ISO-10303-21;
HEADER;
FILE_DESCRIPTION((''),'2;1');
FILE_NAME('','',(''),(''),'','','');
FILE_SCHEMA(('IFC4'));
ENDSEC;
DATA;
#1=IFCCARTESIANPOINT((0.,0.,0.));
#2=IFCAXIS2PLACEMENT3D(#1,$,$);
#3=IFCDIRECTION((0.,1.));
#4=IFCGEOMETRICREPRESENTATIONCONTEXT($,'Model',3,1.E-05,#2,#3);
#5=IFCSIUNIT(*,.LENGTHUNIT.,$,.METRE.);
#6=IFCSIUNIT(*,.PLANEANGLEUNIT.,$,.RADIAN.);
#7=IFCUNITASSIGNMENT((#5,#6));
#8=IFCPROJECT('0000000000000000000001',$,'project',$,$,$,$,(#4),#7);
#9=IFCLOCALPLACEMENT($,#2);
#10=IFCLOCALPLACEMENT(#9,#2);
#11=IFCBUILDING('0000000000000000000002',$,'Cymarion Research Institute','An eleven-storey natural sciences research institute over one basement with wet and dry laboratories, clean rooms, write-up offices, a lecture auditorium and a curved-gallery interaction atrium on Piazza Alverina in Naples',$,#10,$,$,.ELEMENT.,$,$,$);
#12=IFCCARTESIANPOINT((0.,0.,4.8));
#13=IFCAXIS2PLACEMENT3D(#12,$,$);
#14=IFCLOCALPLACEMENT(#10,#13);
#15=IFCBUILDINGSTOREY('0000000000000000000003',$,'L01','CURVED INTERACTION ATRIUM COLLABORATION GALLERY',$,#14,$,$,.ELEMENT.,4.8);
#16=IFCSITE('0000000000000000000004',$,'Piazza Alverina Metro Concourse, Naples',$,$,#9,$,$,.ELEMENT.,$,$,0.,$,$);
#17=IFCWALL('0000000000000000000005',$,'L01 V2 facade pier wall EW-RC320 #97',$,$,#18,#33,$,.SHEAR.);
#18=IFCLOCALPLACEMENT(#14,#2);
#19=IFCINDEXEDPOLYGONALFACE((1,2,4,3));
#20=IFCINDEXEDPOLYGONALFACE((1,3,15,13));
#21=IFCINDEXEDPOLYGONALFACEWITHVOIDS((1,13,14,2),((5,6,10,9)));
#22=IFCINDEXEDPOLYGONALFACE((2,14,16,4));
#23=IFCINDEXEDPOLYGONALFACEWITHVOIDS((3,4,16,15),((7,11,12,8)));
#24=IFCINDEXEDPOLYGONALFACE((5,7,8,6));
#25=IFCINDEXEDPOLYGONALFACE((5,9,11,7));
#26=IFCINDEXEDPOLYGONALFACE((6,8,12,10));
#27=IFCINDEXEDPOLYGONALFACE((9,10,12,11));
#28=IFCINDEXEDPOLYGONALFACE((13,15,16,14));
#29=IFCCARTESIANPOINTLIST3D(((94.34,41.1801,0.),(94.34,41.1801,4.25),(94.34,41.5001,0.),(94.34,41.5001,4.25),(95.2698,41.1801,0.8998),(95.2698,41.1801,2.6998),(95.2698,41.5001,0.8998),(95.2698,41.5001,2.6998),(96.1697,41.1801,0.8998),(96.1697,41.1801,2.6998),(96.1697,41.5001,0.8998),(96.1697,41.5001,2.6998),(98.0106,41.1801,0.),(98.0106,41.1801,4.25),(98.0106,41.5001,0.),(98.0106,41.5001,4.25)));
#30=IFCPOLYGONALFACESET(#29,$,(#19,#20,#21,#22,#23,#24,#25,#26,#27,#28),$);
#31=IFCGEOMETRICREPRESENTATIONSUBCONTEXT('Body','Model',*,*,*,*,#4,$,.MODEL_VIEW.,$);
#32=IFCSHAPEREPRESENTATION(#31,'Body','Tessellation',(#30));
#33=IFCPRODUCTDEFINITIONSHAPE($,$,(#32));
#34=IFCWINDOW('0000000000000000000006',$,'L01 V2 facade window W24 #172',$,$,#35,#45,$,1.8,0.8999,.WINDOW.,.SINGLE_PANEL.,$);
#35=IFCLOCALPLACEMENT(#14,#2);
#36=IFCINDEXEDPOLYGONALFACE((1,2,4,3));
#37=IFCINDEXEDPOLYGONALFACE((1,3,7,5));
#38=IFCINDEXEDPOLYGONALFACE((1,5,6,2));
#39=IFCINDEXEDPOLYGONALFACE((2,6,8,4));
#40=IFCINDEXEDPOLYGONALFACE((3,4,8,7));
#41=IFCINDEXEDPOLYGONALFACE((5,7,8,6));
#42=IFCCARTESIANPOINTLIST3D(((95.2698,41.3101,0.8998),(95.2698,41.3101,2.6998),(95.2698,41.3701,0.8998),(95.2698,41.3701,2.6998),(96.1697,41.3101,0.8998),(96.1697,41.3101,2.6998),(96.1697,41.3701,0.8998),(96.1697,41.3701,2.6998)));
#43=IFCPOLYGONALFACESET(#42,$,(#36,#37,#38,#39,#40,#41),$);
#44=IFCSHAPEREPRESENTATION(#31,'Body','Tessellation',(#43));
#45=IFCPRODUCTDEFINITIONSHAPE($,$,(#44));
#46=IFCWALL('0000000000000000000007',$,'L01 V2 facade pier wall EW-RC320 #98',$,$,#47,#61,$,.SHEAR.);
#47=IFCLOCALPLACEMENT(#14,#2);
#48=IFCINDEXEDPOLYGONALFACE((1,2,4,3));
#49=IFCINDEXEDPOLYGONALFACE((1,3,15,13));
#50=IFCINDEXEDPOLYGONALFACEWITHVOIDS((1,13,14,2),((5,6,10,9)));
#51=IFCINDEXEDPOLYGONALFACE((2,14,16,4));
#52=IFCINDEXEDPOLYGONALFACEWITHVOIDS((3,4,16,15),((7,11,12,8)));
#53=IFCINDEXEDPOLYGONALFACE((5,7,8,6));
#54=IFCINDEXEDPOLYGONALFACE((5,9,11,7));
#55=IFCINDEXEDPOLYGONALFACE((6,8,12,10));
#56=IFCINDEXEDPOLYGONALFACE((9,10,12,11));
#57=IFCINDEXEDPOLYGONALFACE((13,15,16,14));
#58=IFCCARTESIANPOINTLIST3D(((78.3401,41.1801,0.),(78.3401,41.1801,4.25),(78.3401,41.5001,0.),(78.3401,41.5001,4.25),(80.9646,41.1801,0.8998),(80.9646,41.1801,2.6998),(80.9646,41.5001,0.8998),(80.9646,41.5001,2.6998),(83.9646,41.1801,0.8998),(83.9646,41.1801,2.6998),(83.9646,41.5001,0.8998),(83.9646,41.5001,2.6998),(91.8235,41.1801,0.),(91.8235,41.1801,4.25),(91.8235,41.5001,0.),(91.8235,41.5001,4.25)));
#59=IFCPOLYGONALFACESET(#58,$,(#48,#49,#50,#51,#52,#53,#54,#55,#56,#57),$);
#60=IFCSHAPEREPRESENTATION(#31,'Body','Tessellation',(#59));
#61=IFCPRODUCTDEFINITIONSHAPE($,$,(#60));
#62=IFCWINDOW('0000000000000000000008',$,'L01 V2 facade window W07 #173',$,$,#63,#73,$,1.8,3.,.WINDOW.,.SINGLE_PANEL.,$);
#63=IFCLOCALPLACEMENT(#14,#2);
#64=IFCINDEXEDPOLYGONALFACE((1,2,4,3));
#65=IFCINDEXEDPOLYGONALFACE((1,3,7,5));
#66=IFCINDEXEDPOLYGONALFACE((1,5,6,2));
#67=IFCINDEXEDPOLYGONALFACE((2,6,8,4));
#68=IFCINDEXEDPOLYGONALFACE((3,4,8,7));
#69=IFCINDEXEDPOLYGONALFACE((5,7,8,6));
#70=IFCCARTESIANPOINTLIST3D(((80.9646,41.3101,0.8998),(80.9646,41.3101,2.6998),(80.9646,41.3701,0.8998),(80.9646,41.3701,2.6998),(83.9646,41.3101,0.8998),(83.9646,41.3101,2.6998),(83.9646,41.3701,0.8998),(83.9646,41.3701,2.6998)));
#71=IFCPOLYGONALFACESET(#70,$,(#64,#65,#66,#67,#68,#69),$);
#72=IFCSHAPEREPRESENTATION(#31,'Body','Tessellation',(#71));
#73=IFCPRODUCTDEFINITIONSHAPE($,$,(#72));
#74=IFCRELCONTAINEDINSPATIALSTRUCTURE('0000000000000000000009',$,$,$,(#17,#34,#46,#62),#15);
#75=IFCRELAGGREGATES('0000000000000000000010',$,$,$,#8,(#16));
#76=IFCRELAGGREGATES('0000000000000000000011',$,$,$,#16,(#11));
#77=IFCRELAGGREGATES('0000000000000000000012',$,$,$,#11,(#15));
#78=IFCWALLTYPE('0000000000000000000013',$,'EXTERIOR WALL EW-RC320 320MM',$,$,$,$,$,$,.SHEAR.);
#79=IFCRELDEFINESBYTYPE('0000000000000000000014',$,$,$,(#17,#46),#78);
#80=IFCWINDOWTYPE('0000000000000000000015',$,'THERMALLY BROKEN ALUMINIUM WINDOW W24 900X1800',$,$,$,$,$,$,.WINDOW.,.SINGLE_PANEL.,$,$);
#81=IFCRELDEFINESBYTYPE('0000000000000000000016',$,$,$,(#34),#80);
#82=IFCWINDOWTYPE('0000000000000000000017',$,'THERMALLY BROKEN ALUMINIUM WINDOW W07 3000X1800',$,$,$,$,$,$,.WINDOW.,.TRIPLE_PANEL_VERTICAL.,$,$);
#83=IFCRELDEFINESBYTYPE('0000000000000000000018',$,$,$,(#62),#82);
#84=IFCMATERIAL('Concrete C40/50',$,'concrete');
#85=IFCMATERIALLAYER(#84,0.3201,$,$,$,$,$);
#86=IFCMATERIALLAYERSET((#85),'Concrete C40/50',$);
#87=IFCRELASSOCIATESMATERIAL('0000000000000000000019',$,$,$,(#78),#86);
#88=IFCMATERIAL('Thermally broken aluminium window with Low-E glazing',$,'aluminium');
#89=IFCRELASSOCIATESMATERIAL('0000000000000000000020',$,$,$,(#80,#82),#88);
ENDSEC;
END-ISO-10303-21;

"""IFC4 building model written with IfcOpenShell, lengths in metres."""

from ifc_helpers import new_model, si_unit, direction, frame, frame_2d, origin, place, context, subcontext, project, spatial, rectangle, extrude, material, layer, layer_set, type_object, element, fill, save


model = new_model("IFC4")

# Units and contexts
model_context = context("Model", 3, precision=1e-05, world=origin(), true_north=direction((0.0, 1.0)))
body_context = subcontext(model_context, "Body", "Model", "MODEL_VIEW")
ifc_project = project(units=[si_unit("LENGTHUNIT", "METRE"), si_unit("PLANEANGLEUNIT", "RADIAN")], contexts=[model_context])

# Site, building, storey
site_placement = place(None, origin())
site = spatial("IfcSite", under=ifc_project, at=site_placement, Name="Piazza Alverina Metro Concourse, Naples", CompositionType="ELEMENT", RefElevation=0.0)
building_placement = place(site_placement, origin())
building = spatial("IfcBuilding", under=site, at=building_placement, Name="Cymarion Research Institute", Description="An eleven-storey natural sciences research institute over one basement with wet and dry laboratories, clean rooms, write-up offices, a lecture auditorium and a curved-gallery interaction atrium on Piazza Alverina in Naples", CompositionType="ELEMENT")
storey_placement = place(building_placement, frame((0.0, 0.0, 4.8)))
storey = spatial("IfcBuildingStorey", under=building, at=storey_placement, Name="L01", Description="CURVED INTERACTION ATRIUM COLLABORATION GALLERY", CompositionType="ELEMENT", Elevation=4.8)

# Walls, openings, windows
ifc_material_1 = material(Name="Concrete C40/50", Category="concrete")
ifc_layer_1 = layer(ifc_material_1, 0.3201)
ifc_layer_set_1 = layer_set([ifc_layer_1], Name="Concrete C40/50")
wall_type = type_object("IfcWallType", Name="EXTERIOR WALL EW-RC320 320MM", PredefinedType="SHEAR", material=ifc_layer_set_1)
wall_1_placement = place(storey_placement, frame((98.0107, 41.3401, 0.0), z_axis=(0.0, 0.0, 1.0), x_axis=(-1.0, 0.0, 0.0)))
wall_1 = element("IfcWall", 1, at=wall_1_placement, inside=storey, type_object=wall_type, Name="L01 V2 facade pier wall EW-RC320 #97", PredefinedType="SHEAR", context=body_context, shape_type="SweptSolid", body=[
    extrude(rectangle(XDim=3.6707, YDim=0.3201, at=frame_2d((1.8354, 0.0))), origin(), (0.0, 0.0, 1.0), 4.25),
])
opening_1_placement = place(wall_1_placement, frame((1.8411, 0.0, 0.8999)))
opening_1 = element("IfcOpeningElement", 2, at=opening_1_placement, cuts=wall_1, PredefinedType="OPENING", context=body_context, shape_type="SweptSolid", body=[
    extrude(rectangle(XDim=0.8999, YDim=1.8, at=frame_2d((0.45, 0.8999))), frame((0.0, 0.1699, 0.0), z_axis=(0.0, -1.0, 0.0), x_axis=(1.0, 0.0, 0.0)), (0.0, 0.0, 1.0), 0.3401),
])
ifc_material_2 = material(Name="Thermally broken aluminium window with Low-E glazing", Category="aluminium")
window_type_1 = type_object("IfcWindowType", Name="THERMALLY BROKEN ALUMINIUM WINDOW W24 900X1800", PartitioningType="SINGLE_PANEL", PredefinedType="WINDOW", material=ifc_material_2)
window_1_placement = place(opening_1_placement, origin())
window_1 = element("IfcWindow", 3, at=window_1_placement, inside=storey, type_object=window_type_1, Name="L01 V2 facade window W24 #172", OverallHeight=1.8, OverallWidth=0.8999, PartitioningType="SINGLE_PANEL", PredefinedType="WINDOW", context=body_context, shape_type="SweptSolid", body=[
    extrude(rectangle(XDim=0.8999, YDim=1.8, at=frame_2d((0.45, 0.8999))), frame((0.0, 0.03, 0.0), z_axis=(0.0, -1.0, 0.0), x_axis=(1.0, 0.0, 0.0)), (0.0, 0.0, 1.0), 0.0601),
])
fill(opening_1, window_1)
wall_2_placement = place(storey_placement, frame((91.8235, 41.3401, 0.0), z_axis=(0.0, 0.0, 1.0), x_axis=(-1.0, 0.0, 0.0)))
wall_2 = element("IfcWall", 4, at=wall_2_placement, inside=storey, type_object=wall_type, Name="L01 V2 facade pier wall EW-RC320 #98", PredefinedType="SHEAR", context=body_context, shape_type="SweptSolid", body=[
    extrude(rectangle(XDim=13.4834, YDim=0.3201, at=frame_2d((6.7417, 0.0))), origin(), (0.0, 0.0, 1.0), 4.25),
])
opening_2_placement = place(wall_2_placement, frame((7.8589, 0.0, 0.8999)))
opening_2 = element("IfcOpeningElement", 5, at=opening_2_placement, cuts=wall_2, PredefinedType="OPENING", context=body_context, shape_type="SweptSolid", body=[
    extrude(rectangle(XDim=3.0, YDim=1.8, at=frame_2d((1.5, 0.8999))), frame((0.0, 0.1699, 0.0), z_axis=(0.0, -1.0, 0.0), x_axis=(1.0, 0.0, 0.0)), (0.0, 0.0, 1.0), 0.3401),
])
window_type_2 = type_object("IfcWindowType", Name="THERMALLY BROKEN ALUMINIUM WINDOW W07 3000X1800", PartitioningType="TRIPLE_PANEL_VERTICAL", PredefinedType="WINDOW", material=ifc_material_2)
window_2_placement = place(opening_2_placement, origin())
window_2 = element("IfcWindow", 6, at=window_2_placement, inside=storey, type_object=window_type_2, Name="L01 V2 facade window W07 #173", OverallHeight=1.8, OverallWidth=3.0, PartitioningType="SINGLE_PANEL", PredefinedType="WINDOW", context=body_context, shape_type="SweptSolid", body=[
    extrude(rectangle(XDim=3.0, YDim=1.8, at=frame_2d((1.5, 0.8999))), frame((0.0, 0.03, 0.0), z_axis=(0.0, -1.0, 0.0), x_axis=(1.0, 0.0, 0.0)), (0.0, 0.0, 1.0), 0.0601),
])
fill(opening_2, window_2)

save(model, "model.ifc")
